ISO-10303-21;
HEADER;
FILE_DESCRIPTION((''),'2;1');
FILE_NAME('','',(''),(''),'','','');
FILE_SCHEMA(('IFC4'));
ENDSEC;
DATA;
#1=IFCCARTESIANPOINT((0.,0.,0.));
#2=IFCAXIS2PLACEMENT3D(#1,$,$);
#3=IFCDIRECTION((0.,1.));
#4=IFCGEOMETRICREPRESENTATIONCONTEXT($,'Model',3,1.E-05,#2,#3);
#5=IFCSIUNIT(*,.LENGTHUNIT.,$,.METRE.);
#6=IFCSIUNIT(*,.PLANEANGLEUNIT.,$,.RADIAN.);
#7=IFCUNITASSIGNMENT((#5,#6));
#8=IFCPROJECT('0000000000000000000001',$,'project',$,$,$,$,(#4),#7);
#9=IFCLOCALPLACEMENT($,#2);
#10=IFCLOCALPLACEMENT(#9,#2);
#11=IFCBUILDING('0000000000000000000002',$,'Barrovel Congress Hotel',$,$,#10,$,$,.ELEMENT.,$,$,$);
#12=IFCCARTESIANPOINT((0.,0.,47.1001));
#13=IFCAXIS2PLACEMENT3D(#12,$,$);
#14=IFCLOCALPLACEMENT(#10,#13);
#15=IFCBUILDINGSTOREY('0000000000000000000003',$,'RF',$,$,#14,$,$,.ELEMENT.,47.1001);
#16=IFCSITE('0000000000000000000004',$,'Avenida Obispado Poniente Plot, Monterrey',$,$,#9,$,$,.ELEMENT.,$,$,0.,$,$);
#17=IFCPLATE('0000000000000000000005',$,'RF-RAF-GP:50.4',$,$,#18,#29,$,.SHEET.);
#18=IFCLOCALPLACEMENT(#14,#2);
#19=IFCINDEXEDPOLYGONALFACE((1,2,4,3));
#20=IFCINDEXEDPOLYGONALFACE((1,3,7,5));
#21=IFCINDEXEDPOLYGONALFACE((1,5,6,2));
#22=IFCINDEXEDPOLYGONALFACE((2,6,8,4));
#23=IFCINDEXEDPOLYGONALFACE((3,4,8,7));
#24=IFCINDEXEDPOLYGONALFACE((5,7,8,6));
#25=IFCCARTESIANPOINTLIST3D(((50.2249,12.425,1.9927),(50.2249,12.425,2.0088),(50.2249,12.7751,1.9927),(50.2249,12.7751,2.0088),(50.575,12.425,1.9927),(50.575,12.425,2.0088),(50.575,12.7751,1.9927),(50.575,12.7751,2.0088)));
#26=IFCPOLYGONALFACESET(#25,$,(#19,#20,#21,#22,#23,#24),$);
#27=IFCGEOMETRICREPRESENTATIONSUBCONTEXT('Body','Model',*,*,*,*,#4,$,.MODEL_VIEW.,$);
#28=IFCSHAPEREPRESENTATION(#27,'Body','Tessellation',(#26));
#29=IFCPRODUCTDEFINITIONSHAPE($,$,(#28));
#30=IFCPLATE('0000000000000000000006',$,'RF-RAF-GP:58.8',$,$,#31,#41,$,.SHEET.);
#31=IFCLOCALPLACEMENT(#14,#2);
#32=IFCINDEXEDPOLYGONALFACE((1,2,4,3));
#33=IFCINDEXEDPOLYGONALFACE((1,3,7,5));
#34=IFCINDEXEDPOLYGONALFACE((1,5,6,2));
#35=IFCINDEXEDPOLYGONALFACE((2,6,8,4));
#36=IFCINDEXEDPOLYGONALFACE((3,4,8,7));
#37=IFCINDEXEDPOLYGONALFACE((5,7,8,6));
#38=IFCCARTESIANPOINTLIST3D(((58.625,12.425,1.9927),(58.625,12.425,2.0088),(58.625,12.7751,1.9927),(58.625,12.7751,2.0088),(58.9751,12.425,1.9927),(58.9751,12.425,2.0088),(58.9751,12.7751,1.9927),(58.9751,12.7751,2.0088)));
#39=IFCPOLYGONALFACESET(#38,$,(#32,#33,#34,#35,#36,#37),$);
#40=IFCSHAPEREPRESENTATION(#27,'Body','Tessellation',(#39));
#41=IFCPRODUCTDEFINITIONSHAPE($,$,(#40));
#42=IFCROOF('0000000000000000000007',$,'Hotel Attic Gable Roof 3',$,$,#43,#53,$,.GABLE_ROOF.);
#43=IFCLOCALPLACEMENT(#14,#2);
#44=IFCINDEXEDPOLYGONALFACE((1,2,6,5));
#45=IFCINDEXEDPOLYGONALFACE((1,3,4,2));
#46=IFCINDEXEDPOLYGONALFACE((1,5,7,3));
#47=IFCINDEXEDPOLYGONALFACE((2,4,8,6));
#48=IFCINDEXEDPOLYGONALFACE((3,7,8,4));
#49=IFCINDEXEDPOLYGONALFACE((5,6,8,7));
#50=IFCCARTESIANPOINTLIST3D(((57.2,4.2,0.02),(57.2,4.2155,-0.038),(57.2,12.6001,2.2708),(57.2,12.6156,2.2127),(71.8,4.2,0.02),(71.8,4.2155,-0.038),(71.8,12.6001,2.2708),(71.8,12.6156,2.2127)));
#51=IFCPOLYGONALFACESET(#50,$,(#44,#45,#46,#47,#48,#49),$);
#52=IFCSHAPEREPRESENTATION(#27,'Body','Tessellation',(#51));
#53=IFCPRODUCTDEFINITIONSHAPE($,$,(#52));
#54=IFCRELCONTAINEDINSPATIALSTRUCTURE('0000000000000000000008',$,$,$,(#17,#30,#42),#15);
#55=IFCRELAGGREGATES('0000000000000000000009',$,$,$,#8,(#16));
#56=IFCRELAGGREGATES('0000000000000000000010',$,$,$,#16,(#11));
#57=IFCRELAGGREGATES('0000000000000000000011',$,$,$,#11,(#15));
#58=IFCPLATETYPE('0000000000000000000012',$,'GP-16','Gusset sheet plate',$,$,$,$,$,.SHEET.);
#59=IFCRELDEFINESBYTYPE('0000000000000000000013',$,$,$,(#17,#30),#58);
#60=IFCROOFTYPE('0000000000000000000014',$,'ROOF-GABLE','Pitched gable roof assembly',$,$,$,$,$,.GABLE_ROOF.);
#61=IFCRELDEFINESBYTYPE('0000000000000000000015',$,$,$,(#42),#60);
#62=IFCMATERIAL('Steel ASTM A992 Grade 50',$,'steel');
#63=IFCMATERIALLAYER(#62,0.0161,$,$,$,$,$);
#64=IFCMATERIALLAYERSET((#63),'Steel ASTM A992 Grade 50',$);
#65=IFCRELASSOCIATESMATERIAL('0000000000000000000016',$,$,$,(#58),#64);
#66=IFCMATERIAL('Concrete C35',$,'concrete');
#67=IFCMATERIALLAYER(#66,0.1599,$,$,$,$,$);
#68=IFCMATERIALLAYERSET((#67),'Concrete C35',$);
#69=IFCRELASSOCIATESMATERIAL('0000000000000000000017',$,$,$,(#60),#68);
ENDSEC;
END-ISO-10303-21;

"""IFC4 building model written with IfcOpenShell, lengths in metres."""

from ifc_helpers import new_model, si_unit, direction, frame, origin, origin_2d, place, context, subcontext, project, spatial, polyline, rectangle, outline, extrude, material, layer, layer_set, type_object, element, save


model = new_model("IFC4")

# Units and contexts
model_context = context("Model", 3, precision=1e-05, world=origin(), true_north=direction((0.0, 1.0)))
body_context = subcontext(model_context, "Body", "Model", "MODEL_VIEW")
ifc_project = project(units=[si_unit("LENGTHUNIT", "METRE"), si_unit("PLANEANGLEUNIT", "RADIAN")], contexts=[model_context])

# Site, building, storey
site_placement = place(None, origin())
site = spatial("IfcSite", under=ifc_project, at=site_placement, Name="Avenida Obispado Poniente Plot, Monterrey", CompositionType="ELEMENT", RefElevation=0.0)
building_placement = place(site_placement, origin())
building = spatial("IfcBuilding", under=site, at=building_placement, Name="Barrovel Congress Hotel", CompositionType="ELEMENT")
storey_placement = place(building_placement, frame((0.0, 0.0, 47.1001)))
storey = spatial("IfcBuildingStorey", under=building, at=storey_placement, Name="RF", CompositionType="ELEMENT", Elevation=47.1001)

# Shared definitions
ifc_material_1 = material(Name="Steel ASTM A992 Grade 50", Category="steel")

# Plates
ifc_layer_1 = layer(ifc_material_1, 0.0161)
ifc_layer_set_1 = layer_set([ifc_layer_1], Name="Steel ASTM A992 Grade 50")
plate_type = type_object("IfcPlateType", Name="GP-16", Description="Gusset sheet plate", PredefinedType="SHEET", material=ifc_layer_set_1)
for number, where, z_axis, x_axis, name in (
    (1, (50.3999, 12.6001, 1.9927), (0.0, 0.0, 1.0), (1.0, 0.0, 0.0), "RF-RAF-GP:50.4"),
    (2, (58.8, 12.6001, 1.9927), (0.0, 0.0, 1.0), (1.0, 0.0, 0.0), "RF-RAF-GP:58.8"),
):
    element("IfcPlate", number, at=place(storey_placement, frame(where, z_axis=z_axis, x_axis=x_axis)), inside=storey, type_object=plate_type, Name=name, PredefinedType="SHEET", context=body_context, shape_type="SweptSolid", body=[
        extrude(rectangle(XDim=0.3501, YDim=0.3501, at=origin_2d()), origin(), (0.0, 0.0, 1.0), 0.0161),
    ])

# Roof
ifc_material_2 = material(Name="Concrete C35", Category="concrete")
ifc_layer_2 = layer(ifc_material_2, 0.1599)
ifc_layer_set_2 = layer_set([ifc_layer_2], Name="Concrete C35")
roof_type = type_object("IfcRoofType", Name="ROOF-GABLE", Description="Pitched gable roof assembly", PredefinedType="GABLE_ROOF", material=ifc_layer_set_2)
roof_placement = place(storey_placement, frame((57.2, 4.2, 0.02), z_axis=(0.0, -0.25881, 0.965928), x_axis=(1.0, 0.0, 0.0)))
element("IfcRoof", 3, at=roof_placement, inside=storey, type_object=roof_type, Name="Hotel Attic Gable Roof 3", PredefinedType="GABLE_ROOF", context=body_context, shape_type="SweptSolid", body=[
    extrude(outline(polyline([(0.0, 0.0), (14.6001, 0.0), (14.6001, 8.6965), (0.0, 8.6965), (0.0, 0.0)])), origin(), (0.0, 0.0, -1.0), 0.0601),
])

save(model, "model.ifc")
